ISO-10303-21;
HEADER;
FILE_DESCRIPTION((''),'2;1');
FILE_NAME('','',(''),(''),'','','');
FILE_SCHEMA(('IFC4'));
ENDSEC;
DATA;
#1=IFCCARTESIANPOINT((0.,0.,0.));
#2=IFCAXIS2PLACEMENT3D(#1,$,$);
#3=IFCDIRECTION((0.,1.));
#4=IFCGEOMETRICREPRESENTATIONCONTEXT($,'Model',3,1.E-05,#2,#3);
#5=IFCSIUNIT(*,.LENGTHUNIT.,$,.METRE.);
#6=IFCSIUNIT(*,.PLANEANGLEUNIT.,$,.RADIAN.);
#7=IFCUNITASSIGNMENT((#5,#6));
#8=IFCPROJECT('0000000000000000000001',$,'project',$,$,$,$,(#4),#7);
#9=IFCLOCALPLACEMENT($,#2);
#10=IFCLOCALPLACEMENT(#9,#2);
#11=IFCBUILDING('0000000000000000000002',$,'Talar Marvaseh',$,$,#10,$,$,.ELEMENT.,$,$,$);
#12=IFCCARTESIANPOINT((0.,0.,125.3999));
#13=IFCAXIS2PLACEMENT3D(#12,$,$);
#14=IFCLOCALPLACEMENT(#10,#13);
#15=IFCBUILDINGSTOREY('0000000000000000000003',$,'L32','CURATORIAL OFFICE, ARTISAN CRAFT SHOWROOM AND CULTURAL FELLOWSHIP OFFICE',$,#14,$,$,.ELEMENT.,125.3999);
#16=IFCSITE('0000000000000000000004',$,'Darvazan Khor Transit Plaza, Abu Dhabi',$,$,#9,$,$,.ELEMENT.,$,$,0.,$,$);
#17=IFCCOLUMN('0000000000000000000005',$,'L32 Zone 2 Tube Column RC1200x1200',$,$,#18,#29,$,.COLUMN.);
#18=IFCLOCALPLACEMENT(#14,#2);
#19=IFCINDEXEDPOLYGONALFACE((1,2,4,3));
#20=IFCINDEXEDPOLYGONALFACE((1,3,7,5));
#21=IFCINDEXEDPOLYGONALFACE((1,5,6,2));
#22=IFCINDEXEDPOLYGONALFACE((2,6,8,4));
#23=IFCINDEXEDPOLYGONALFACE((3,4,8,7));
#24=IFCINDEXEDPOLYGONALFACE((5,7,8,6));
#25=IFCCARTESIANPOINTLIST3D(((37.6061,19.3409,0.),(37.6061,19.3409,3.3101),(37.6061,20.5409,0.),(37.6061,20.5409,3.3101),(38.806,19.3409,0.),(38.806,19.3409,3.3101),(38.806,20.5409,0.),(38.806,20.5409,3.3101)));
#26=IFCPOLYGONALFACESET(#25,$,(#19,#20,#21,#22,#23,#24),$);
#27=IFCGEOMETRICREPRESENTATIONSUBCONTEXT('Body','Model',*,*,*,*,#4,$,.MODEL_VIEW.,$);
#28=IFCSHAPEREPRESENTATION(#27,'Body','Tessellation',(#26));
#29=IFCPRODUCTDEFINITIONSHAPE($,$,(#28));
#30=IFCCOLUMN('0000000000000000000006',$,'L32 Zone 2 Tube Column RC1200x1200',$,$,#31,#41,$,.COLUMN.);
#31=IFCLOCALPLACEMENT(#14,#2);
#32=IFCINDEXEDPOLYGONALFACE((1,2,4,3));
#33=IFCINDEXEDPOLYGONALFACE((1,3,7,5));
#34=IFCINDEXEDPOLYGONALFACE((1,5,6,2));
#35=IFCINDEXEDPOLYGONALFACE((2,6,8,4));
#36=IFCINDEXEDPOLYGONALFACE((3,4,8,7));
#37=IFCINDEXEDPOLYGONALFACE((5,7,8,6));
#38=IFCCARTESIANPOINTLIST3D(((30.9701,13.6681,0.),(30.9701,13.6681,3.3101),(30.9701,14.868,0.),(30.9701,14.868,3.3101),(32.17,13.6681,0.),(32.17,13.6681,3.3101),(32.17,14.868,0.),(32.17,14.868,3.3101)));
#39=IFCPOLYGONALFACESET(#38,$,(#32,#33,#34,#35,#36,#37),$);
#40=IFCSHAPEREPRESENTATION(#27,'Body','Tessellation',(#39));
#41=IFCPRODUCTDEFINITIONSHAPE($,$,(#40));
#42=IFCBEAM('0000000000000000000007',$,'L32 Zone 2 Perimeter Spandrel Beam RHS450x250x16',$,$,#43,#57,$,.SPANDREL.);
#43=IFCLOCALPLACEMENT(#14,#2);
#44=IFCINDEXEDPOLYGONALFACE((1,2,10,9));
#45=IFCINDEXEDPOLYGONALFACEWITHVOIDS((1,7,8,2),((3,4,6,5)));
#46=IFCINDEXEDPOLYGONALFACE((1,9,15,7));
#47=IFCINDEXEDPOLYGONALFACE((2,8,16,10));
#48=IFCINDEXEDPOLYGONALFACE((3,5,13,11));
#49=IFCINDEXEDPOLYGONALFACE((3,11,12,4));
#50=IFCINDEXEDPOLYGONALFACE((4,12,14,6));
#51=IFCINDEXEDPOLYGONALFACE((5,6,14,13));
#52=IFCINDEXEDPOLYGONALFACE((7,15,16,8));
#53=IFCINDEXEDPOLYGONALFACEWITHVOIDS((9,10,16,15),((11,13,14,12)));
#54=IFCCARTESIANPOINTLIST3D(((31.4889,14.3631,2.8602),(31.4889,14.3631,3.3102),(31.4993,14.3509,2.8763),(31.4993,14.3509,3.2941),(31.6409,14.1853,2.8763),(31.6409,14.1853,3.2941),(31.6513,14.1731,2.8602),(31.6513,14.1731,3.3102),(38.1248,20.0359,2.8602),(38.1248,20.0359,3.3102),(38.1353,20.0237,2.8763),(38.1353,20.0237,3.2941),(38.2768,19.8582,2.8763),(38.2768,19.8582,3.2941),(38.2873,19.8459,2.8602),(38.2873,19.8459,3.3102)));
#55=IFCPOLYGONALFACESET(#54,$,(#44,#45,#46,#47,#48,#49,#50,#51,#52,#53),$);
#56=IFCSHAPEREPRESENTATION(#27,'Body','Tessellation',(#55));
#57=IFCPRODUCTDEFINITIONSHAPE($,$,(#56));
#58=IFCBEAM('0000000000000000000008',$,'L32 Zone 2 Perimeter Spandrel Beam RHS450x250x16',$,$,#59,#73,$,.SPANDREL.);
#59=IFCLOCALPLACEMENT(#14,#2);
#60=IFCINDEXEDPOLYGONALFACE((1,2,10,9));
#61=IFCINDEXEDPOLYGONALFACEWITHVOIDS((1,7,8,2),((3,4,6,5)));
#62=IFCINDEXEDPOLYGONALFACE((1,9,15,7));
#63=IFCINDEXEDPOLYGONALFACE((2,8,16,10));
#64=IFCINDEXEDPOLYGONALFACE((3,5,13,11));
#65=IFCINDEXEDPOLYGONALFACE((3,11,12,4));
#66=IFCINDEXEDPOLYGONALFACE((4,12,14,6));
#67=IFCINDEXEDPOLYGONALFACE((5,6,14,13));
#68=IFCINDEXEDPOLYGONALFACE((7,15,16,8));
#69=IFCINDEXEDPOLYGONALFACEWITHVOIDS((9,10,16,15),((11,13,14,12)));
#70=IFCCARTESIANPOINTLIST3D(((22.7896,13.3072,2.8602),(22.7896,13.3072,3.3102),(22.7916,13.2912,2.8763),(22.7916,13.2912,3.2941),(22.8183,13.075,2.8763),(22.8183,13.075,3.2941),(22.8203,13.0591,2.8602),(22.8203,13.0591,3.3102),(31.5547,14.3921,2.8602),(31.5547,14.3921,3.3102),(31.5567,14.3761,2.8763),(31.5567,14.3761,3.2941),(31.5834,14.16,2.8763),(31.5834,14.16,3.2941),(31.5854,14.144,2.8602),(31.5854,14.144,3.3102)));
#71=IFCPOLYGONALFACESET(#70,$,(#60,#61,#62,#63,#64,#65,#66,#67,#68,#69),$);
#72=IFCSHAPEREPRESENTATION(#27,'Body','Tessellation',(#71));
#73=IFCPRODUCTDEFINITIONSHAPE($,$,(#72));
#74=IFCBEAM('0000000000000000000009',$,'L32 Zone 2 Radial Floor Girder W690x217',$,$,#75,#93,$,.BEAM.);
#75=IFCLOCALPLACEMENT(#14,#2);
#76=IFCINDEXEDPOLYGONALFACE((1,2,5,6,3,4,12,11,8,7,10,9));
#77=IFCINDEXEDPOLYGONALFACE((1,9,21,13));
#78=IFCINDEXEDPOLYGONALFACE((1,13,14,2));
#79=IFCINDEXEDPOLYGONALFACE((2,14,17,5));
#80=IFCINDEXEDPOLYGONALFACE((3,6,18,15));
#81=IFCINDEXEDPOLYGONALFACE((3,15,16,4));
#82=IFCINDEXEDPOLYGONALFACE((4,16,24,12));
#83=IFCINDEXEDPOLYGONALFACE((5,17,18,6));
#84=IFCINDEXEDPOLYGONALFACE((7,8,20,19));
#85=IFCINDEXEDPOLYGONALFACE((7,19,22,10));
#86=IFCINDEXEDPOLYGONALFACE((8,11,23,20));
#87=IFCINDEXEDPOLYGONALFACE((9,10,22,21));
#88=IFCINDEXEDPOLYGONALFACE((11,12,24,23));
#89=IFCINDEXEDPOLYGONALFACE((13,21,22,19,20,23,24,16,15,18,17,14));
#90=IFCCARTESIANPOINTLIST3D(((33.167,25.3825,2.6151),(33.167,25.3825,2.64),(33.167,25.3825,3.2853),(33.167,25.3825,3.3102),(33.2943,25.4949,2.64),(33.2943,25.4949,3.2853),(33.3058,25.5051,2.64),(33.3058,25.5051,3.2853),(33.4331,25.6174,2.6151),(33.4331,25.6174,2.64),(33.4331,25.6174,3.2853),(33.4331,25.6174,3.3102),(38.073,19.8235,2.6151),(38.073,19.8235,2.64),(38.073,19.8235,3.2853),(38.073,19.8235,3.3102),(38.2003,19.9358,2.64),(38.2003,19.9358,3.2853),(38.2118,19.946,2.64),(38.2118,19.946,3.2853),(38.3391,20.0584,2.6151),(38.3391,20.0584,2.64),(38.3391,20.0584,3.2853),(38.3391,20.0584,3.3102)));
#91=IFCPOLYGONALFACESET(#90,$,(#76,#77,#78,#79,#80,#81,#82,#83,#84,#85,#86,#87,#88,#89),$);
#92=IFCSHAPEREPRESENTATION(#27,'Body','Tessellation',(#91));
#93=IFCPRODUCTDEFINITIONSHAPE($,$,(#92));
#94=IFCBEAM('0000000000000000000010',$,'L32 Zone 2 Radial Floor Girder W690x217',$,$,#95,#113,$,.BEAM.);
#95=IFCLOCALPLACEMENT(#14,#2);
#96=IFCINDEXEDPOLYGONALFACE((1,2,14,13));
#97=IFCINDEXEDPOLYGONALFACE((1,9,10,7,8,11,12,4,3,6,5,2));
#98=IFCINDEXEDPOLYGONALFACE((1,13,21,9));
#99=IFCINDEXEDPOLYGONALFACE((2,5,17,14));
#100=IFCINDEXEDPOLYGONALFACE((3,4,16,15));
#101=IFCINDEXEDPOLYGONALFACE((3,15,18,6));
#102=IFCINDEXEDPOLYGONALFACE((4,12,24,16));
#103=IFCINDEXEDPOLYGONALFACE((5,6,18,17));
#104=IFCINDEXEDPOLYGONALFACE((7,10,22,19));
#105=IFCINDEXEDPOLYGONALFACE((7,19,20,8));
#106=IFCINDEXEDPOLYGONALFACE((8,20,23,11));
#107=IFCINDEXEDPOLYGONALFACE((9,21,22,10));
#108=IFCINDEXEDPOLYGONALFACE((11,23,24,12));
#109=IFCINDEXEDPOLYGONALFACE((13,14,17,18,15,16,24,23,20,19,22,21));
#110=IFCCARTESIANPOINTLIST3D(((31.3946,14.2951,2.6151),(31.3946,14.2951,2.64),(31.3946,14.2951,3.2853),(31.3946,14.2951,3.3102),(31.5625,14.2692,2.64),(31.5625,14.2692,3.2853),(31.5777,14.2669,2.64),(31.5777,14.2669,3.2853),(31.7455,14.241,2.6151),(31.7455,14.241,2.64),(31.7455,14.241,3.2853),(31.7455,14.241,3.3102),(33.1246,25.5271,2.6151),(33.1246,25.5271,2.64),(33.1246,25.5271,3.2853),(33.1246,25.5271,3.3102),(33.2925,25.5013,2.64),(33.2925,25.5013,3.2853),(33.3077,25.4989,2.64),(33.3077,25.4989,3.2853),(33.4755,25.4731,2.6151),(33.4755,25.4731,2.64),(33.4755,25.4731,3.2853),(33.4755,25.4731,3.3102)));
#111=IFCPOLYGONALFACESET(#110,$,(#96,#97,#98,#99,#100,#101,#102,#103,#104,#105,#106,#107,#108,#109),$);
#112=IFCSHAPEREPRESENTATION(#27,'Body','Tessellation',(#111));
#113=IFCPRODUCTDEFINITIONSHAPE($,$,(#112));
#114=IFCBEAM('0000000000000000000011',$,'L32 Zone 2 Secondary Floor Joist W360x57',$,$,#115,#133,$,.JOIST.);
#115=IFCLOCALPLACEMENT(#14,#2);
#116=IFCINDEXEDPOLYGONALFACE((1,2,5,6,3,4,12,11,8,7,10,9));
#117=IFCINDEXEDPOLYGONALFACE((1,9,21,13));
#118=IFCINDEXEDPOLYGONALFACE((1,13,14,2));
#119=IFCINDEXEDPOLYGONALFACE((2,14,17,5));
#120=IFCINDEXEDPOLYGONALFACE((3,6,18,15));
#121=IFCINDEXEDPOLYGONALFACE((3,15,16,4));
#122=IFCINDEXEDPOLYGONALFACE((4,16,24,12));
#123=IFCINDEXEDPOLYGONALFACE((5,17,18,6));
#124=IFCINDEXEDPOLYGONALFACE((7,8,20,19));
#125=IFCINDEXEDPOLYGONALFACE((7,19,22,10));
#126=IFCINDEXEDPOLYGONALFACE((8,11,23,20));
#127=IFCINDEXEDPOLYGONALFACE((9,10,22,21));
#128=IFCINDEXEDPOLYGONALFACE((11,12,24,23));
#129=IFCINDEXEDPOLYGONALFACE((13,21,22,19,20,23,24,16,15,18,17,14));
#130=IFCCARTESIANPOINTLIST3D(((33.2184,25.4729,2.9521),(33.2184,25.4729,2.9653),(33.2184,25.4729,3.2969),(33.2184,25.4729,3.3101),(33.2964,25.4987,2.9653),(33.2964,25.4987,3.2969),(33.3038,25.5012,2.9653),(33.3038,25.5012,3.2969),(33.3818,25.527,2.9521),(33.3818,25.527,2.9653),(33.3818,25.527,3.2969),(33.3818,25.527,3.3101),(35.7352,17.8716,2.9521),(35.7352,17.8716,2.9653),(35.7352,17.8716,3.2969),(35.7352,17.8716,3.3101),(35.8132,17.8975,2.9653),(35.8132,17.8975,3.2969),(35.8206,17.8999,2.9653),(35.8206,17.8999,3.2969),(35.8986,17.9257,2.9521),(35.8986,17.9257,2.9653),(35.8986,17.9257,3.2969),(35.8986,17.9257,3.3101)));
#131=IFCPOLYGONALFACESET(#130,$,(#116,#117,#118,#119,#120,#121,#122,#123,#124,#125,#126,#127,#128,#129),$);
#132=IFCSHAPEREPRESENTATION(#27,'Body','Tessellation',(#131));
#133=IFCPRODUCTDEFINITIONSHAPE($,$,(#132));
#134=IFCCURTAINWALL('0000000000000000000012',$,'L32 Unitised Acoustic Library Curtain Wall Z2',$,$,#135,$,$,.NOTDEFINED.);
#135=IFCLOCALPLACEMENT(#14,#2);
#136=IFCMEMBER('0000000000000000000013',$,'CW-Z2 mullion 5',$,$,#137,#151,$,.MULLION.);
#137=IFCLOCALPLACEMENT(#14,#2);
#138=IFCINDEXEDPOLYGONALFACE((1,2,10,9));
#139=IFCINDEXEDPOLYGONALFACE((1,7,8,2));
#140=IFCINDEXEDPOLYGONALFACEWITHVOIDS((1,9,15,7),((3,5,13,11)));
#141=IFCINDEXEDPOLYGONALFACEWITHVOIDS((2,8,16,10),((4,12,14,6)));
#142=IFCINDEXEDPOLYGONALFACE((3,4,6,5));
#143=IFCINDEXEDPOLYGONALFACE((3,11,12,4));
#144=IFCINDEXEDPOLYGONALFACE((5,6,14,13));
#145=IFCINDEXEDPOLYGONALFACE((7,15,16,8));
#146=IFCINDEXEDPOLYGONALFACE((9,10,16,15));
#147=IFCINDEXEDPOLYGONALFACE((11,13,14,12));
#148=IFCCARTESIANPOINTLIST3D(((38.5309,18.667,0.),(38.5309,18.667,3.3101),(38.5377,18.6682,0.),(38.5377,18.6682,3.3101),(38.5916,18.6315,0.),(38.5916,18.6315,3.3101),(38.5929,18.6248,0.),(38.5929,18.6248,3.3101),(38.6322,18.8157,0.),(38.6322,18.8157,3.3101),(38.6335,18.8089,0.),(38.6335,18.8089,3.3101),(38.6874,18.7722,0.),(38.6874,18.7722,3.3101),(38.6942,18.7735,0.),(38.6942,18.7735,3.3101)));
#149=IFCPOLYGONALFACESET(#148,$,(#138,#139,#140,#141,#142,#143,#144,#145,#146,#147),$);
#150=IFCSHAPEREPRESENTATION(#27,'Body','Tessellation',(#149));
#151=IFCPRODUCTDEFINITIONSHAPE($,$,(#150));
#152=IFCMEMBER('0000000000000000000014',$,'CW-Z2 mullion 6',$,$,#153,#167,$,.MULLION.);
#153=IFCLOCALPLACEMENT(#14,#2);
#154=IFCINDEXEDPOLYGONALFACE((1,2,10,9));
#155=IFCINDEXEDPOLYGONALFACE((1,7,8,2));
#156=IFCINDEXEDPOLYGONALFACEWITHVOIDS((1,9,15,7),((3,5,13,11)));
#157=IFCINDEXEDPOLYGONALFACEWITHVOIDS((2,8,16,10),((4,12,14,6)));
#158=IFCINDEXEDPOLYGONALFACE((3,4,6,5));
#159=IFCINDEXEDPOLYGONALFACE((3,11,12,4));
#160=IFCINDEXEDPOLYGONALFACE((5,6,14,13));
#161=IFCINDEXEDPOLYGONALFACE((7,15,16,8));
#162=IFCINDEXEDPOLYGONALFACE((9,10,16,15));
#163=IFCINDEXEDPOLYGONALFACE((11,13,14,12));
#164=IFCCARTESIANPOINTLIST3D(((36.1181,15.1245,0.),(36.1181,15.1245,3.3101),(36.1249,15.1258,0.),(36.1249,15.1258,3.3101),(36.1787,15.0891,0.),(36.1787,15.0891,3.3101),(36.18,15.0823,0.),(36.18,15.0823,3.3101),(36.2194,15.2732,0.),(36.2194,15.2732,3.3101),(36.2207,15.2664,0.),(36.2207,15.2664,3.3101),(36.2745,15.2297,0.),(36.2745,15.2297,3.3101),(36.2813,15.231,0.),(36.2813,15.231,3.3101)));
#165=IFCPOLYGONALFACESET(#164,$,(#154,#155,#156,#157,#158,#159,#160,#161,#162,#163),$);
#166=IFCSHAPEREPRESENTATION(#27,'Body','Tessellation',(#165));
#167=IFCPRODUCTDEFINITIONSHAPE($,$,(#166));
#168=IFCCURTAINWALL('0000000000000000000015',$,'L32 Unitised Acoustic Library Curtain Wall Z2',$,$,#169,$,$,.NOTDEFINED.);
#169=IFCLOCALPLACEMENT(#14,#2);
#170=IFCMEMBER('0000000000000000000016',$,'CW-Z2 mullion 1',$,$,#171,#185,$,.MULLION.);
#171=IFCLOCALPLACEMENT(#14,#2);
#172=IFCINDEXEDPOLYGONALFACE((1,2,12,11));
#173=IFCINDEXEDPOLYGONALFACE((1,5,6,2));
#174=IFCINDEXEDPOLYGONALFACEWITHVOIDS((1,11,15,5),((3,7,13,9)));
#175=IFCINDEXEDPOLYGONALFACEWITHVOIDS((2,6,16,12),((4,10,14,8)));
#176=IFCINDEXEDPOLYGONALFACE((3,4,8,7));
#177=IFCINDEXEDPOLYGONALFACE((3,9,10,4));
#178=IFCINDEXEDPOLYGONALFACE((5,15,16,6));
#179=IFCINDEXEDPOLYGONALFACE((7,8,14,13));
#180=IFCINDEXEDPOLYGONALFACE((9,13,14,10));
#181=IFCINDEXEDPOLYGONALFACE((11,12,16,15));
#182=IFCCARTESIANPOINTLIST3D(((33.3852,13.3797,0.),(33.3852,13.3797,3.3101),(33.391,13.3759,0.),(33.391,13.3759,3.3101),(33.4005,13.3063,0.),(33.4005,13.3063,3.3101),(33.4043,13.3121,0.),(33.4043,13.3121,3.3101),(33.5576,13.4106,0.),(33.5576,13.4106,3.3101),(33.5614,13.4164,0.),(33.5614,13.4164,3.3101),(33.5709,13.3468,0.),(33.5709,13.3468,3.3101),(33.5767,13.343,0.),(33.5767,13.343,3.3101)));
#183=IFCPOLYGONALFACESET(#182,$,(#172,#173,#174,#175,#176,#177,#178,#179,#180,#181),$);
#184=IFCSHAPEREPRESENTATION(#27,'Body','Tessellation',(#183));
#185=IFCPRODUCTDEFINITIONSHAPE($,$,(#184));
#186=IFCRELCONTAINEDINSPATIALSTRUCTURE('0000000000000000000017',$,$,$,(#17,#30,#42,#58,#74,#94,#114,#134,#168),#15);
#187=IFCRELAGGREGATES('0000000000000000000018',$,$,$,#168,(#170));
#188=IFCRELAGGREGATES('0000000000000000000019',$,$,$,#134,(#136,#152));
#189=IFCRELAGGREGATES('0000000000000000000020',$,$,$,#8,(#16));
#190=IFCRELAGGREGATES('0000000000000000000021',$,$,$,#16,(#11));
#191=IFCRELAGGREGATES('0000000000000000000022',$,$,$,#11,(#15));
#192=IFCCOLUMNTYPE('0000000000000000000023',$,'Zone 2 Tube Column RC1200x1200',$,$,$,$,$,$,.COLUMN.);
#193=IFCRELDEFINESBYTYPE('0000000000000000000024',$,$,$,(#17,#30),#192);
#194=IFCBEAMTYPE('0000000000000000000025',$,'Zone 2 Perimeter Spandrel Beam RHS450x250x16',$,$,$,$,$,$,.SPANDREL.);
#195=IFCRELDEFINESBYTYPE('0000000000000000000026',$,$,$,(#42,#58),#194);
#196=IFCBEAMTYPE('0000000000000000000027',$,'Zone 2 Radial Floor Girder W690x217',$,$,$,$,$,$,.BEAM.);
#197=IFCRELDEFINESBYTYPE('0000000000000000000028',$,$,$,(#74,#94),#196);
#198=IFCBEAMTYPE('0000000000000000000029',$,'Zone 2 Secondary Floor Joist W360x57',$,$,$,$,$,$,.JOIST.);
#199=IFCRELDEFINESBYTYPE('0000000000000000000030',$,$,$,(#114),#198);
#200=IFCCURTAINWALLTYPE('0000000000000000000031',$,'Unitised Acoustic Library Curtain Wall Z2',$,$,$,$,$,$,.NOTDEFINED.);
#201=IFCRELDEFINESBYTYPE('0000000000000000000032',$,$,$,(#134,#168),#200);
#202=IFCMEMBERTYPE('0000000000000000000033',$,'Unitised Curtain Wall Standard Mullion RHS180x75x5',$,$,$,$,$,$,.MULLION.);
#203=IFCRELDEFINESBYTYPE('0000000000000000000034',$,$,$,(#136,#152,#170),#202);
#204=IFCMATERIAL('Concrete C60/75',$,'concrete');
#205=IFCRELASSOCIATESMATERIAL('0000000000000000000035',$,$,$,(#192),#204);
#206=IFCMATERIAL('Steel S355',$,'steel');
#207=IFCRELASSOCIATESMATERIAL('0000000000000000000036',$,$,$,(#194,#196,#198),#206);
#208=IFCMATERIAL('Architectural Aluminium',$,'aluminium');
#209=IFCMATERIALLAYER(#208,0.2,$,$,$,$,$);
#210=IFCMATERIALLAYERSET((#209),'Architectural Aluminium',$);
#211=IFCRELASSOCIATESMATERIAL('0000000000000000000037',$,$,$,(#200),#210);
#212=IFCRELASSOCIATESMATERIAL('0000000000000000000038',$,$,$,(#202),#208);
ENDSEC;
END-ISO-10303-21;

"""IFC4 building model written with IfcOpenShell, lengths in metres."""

from ifc_helpers import new_model, si_unit, direction, frame, origin, origin_2d, place, context, subcontext, project, spatial, rectangle, hollow_rectangle, i_section, extrude, source, transform, mapped, material, layer, layer_set, material_profile, profile_set, type_object, type_shapes, element, aggregate, save


model = new_model("IFC4")

# Units and contexts
model_context = context("Model", 3, precision=1e-05, world=origin(), true_north=direction((0.0, 1.0)))
body_context = subcontext(model_context, "Body", "Model", "MODEL_VIEW")
ifc_project = project(units=[si_unit("LENGTHUNIT", "METRE"), si_unit("PLANEANGLEUNIT", "RADIAN")], contexts=[model_context])

# Site, building, storey
site_placement = place(None, origin())
site = spatial("IfcSite", under=ifc_project, at=site_placement, Name="Darvazan Khor Transit Plaza, Abu Dhabi", CompositionType="ELEMENT", RefElevation=0.0)
building_placement = place(site_placement, origin())
building = spatial("IfcBuilding", under=site, at=building_placement, Name="Talar Marvaseh", CompositionType="ELEMENT")
storey_placement = place(building_placement, frame((0.0, 0.0, 125.3999)))
storey = spatial("IfcBuildingStorey", under=building, at=storey_placement, Name="L32", Description="CURATORIAL OFFICE, ARTISAN CRAFT SHOWROOM AND CULTURAL FELLOWSHIP OFFICE", CompositionType="ELEMENT", Elevation=125.3999)

# Columns
ifc_material_1 = material(Name="Concrete C60/75", Category="concrete")
ifc_material_profile_1 = material_profile(ifc_material_1, rectangle(XDim=1.2, YDim=1.2, at=origin_2d()), Name="RC1200x1200")
ifc_profile_set_1 = profile_set([ifc_material_profile_1], Name="Concrete C60/75")
column_type = type_object("IfcColumnType", Name="Zone 2 Tube Column RC1200x1200", PredefinedType="COLUMN", material=ifc_profile_set_1)
for number, where, z_axis, x_axis, name in (
    (1, (38.2061, 19.9409, 0.0), (0.0, 0.0, 1.0), (1.0, 0.0, 0.0), "L32 Zone 2 Tube Column RC1200x1200"),
    (2, (31.5701, 14.2681, 0.0), (0.0, 0.0, 1.0), (1.0, 0.0, 0.0), "L32 Zone 2 Tube Column RC1200x1200"),
):
    element("IfcColumn", number, at=place(storey_placement, frame(where, z_axis=z_axis, x_axis=x_axis)), inside=storey, type_object=column_type, Name=name, PredefinedType="COLUMN", context=body_context, shape_type="SweptSolid", body=[
        extrude(rectangle(XDim=1.2, YDim=1.2, at=origin_2d()), origin(), (0.0, 0.0, 1.0), 3.3101),
    ])

# Beams
ifc_material_2 = material(Name="Steel S355", Category="steel")
ifc_material_profile_2 = material_profile(ifc_material_2, hollow_rectangle(XDim=0.25, YDim=0.45, WallThickness=0.0161, at=origin_2d()), Name="RHS450x250x16")
ifc_profile_set_2 = profile_set([ifc_material_profile_2], Name="Steel S355")
beam_type_1 = type_object("IfcBeamType", Name="Zone 2 Perimeter Spandrel Beam RHS450x250x16", PredefinedType="SPANDREL", material=ifc_profile_set_2)
beam_1_placement = place(storey_placement, frame((38.2061, 19.9409, 3.0852), z_axis=(-0.760113, -0.649791, 0.0), x_axis=(0.649791, -0.760113, 0.0)))
element("IfcBeam", 3, at=beam_1_placement, inside=storey, type_object=beam_type_1, Name="L32 Zone 2 Perimeter Spandrel Beam RHS450x250x16", PredefinedType="SPANDREL", context=body_context, shape_type="SweptSolid", body=[
    extrude(hollow_rectangle(XDim=0.25, YDim=0.45, WallThickness=0.0161, at=origin_2d()), origin(), (0.0, 0.0, 1.0), 8.7302),
])
beam_2_placement = place(storey_placement, frame((31.5701, 14.2681, 3.0852), z_axis=(-0.992426, -0.122844, 0.0), x_axis=(0.122844, -0.992426, 0.0)))
element("IfcBeam", 4, at=beam_2_placement, inside=storey, type_object=beam_type_1, Name="L32 Zone 2 Perimeter Spandrel Beam RHS450x250x16", PredefinedType="SPANDREL", context=body_context, shape_type="SweptSolid", body=[
    extrude(hollow_rectangle(XDim=0.25, YDim=0.45, WallThickness=0.0161, at=origin_2d()), origin(), (0.0, 0.0, 1.0), 8.832),
])
ifc_material_profile_3 = material_profile(ifc_material_2, i_section(OverallWidth=0.355, OverallDepth=0.6951, WebThickness=0.0154, FlangeThickness=0.0249, at=origin_2d()), Name="W690x217")
ifc_profile_set_3 = profile_set([ifc_material_profile_3], Name="Steel S355")
beam_type_2 = type_object("IfcBeamType", Name="Zone 2 Radial Floor Girder W690x217", PredefinedType="BEAM", material=ifc_profile_set_3)
beam_3_placement = place(storey_placement, frame((38.2061, 19.9409, 2.9626), z_axis=(-0.661692, 0.749775, 0.0), x_axis=(-0.749775, -0.661692, 0.0)))
element("IfcBeam", 5, at=beam_3_placement, inside=storey, type_object=beam_type_2, Name="L32 Zone 2 Radial Floor Girder W690x217", PredefinedType="BEAM", context=body_context, shape_type="SweptSolid", body=[
    extrude(i_section(OverallWidth=0.355, OverallDepth=0.6951, WebThickness=0.0154, FlangeThickness=0.0249, at=origin_2d()), origin(), (0.0, 0.0, 1.0), 7.4143),
])
beam_4_placement = place(storey_placement, frame((31.5701, 14.2681, 2.9626), z_axis=(0.152228, 0.988345, 0.0), x_axis=(-0.988345, 0.152228, 0.0)))
element("IfcBeam", 6, at=beam_4_placement, inside=storey, type_object=beam_type_2, Name="L32 Zone 2 Radial Floor Girder W690x217", PredefinedType="BEAM", context=body_context, shape_type="SweptSolid", body=[
    extrude(i_section(OverallWidth=0.355, OverallDepth=0.6951, WebThickness=0.0154, FlangeThickness=0.0249, at=origin_2d()), origin(), (0.0, 0.0, 1.0), 11.3645),
])
ifc_material_profile_4 = material_profile(ifc_material_2, i_section(OverallWidth=0.1721, OverallDepth=0.3579, WebThickness=0.0078, FlangeThickness=0.0132, at=origin_2d()), Name="W360x57")
ifc_profile_set_4 = profile_set([ifc_material_profile_4], Name="Steel S355")
beam_type_3 = type_object("IfcBeamType", Name="Zone 2 Secondary Floor Joist W360x57", PredefinedType="JOIST", material=ifc_profile_set_4)
beam_5_placement = place(storey_placement, frame((35.8169, 17.8987, 3.1311), z_axis=(-0.314325, 0.949316, 0.0), x_axis=(-0.949316, -0.314325, 0.0)))
element("IfcBeam", 7, at=beam_5_placement, inside=storey, type_object=beam_type_3, Name="L32 Zone 2 Secondary Floor Joist W360x57", PredefinedType="JOIST", context=body_context, shape_type="SweptSolid", body=[
    extrude(i_section(OverallWidth=0.1721, OverallDepth=0.3579, WebThickness=0.0078, FlangeThickness=0.0132, at=origin_2d()), origin(), (0.0, 0.0, 1.0), 8.0071),
])

# Curtain wall, members
ifc_material_3 = material(Name="Architectural Aluminium", Category="aluminium")
ifc_layer_1 = layer(ifc_material_3, 0.2)
ifc_layer_set_1 = layer_set([ifc_layer_1], Name="Architectural Aluminium")
curtain_wall_type = type_object("IfcCurtainWallType", Name="Unitised Acoustic Library Curtain Wall Z2", PredefinedType="NOTDEFINED", material=ifc_layer_set_1)
curtain_wall_1_placement = place(storey_placement, origin())
curtain_wall_1 = element("IfcCurtainWall", 8, at=curtain_wall_1_placement, inside=storey, type_object=curtain_wall_type, Name="L32 Unitised Acoustic Library Curtain Wall Z2", PredefinedType="NOTDEFINED")
ifc_material_profile_5 = material_profile(ifc_material_3, hollow_rectangle(XDim=0.075, YDim=0.1799, WallThickness=0.0049, at=origin_2d()), Name="RHS180x75x5")
ifc_profile_set_5 = profile_set([ifc_material_profile_5], Name="Architectural Aluminium")
member_type_1 = type_object("IfcMemberType", Name="Unitised Curtain Wall Standard Mullion RHS180x75x5", PredefinedType="MULLION", material=ifc_profile_set_5)
shared_shape_1 = source(origin(), body_context, "Body", "SweptSolid", [
    extrude(hollow_rectangle(XDim=0.075, YDim=0.1799, WallThickness=0.0049, at=origin_2d()), origin(), (0.0, 0.0, 1.0), 3.3101),
])
type_shapes(member_type_1, [shared_shape_1])
member_1_placement = place(storey_placement, frame((38.6125, 18.7202, 0.0), z_axis=(0.0, 0.0, 1.0), x_axis=(0.826504, -0.562931, 0.0)))
member_1 = element("IfcMember", 9, at=member_1_placement, type_object=member_type_1, Name="CW-Z2 mullion 5", PredefinedType="MULLION", context=body_context, shape_type="MappedRepresentation", body=[
    mapped(shared_shape_1, transform((0.0, 0.0, 0.0), x_axis=(1.0, 0.0, 0.0), y_axis=(0.0, 1.0, 0.0), z_axis=(0.0, 0.0, 1.0), scale=1.0)),
])
member_2_placement = place(storey_placement, frame((36.1997, 15.1777, 0.0), z_axis=(0.0, 0.0, 1.0), x_axis=(0.826504, -0.562931, 0.0)))
member_2 = element("IfcMember", 10, at=member_2_placement, type_object=member_type_1, Name="CW-Z2 mullion 6", PredefinedType="MULLION", context=body_context, shape_type="MappedRepresentation", body=[
    mapped(shared_shape_1, transform((0.0, 0.0, 0.0), x_axis=(1.0, 0.0, 0.0), y_axis=(0.0, 1.0, 0.0), z_axis=(0.0, 0.0, 1.0), scale=1.0)),
])

# Curtain wall, member
curtain_wall_2_placement = place(storey_placement, origin())
curtain_wall_2 = element("IfcCurtainWall", 11, at=curtain_wall_2_placement, inside=storey, type_object=curtain_wall_type, Name="L32 Unitised Acoustic Library Curtain Wall Z2", PredefinedType="NOTDEFINED")
member_3_placement = place(storey_placement, frame((33.481, 13.3613, 0.0), z_axis=(0.0, 0.0, 1.0), x_axis=(0.203792, -0.979014, 0.0)))
member_3 = element("IfcMember", 12, at=member_3_placement, type_object=member_type_1, Name="CW-Z2 mullion 1", PredefinedType="MULLION", context=body_context, shape_type="MappedRepresentation", body=[
    mapped(shared_shape_1, transform((0.0, 0.0, 0.0), x_axis=(1.0, 0.0, 0.0), y_axis=(0.0, 1.0, 0.0), z_axis=(0.0, 0.0, 1.0), scale=1.0)),
])

aggregate(curtain_wall_2, [member_3])
aggregate(curtain_wall_1, [member_1, member_2])

save(model, "model.ifc")
